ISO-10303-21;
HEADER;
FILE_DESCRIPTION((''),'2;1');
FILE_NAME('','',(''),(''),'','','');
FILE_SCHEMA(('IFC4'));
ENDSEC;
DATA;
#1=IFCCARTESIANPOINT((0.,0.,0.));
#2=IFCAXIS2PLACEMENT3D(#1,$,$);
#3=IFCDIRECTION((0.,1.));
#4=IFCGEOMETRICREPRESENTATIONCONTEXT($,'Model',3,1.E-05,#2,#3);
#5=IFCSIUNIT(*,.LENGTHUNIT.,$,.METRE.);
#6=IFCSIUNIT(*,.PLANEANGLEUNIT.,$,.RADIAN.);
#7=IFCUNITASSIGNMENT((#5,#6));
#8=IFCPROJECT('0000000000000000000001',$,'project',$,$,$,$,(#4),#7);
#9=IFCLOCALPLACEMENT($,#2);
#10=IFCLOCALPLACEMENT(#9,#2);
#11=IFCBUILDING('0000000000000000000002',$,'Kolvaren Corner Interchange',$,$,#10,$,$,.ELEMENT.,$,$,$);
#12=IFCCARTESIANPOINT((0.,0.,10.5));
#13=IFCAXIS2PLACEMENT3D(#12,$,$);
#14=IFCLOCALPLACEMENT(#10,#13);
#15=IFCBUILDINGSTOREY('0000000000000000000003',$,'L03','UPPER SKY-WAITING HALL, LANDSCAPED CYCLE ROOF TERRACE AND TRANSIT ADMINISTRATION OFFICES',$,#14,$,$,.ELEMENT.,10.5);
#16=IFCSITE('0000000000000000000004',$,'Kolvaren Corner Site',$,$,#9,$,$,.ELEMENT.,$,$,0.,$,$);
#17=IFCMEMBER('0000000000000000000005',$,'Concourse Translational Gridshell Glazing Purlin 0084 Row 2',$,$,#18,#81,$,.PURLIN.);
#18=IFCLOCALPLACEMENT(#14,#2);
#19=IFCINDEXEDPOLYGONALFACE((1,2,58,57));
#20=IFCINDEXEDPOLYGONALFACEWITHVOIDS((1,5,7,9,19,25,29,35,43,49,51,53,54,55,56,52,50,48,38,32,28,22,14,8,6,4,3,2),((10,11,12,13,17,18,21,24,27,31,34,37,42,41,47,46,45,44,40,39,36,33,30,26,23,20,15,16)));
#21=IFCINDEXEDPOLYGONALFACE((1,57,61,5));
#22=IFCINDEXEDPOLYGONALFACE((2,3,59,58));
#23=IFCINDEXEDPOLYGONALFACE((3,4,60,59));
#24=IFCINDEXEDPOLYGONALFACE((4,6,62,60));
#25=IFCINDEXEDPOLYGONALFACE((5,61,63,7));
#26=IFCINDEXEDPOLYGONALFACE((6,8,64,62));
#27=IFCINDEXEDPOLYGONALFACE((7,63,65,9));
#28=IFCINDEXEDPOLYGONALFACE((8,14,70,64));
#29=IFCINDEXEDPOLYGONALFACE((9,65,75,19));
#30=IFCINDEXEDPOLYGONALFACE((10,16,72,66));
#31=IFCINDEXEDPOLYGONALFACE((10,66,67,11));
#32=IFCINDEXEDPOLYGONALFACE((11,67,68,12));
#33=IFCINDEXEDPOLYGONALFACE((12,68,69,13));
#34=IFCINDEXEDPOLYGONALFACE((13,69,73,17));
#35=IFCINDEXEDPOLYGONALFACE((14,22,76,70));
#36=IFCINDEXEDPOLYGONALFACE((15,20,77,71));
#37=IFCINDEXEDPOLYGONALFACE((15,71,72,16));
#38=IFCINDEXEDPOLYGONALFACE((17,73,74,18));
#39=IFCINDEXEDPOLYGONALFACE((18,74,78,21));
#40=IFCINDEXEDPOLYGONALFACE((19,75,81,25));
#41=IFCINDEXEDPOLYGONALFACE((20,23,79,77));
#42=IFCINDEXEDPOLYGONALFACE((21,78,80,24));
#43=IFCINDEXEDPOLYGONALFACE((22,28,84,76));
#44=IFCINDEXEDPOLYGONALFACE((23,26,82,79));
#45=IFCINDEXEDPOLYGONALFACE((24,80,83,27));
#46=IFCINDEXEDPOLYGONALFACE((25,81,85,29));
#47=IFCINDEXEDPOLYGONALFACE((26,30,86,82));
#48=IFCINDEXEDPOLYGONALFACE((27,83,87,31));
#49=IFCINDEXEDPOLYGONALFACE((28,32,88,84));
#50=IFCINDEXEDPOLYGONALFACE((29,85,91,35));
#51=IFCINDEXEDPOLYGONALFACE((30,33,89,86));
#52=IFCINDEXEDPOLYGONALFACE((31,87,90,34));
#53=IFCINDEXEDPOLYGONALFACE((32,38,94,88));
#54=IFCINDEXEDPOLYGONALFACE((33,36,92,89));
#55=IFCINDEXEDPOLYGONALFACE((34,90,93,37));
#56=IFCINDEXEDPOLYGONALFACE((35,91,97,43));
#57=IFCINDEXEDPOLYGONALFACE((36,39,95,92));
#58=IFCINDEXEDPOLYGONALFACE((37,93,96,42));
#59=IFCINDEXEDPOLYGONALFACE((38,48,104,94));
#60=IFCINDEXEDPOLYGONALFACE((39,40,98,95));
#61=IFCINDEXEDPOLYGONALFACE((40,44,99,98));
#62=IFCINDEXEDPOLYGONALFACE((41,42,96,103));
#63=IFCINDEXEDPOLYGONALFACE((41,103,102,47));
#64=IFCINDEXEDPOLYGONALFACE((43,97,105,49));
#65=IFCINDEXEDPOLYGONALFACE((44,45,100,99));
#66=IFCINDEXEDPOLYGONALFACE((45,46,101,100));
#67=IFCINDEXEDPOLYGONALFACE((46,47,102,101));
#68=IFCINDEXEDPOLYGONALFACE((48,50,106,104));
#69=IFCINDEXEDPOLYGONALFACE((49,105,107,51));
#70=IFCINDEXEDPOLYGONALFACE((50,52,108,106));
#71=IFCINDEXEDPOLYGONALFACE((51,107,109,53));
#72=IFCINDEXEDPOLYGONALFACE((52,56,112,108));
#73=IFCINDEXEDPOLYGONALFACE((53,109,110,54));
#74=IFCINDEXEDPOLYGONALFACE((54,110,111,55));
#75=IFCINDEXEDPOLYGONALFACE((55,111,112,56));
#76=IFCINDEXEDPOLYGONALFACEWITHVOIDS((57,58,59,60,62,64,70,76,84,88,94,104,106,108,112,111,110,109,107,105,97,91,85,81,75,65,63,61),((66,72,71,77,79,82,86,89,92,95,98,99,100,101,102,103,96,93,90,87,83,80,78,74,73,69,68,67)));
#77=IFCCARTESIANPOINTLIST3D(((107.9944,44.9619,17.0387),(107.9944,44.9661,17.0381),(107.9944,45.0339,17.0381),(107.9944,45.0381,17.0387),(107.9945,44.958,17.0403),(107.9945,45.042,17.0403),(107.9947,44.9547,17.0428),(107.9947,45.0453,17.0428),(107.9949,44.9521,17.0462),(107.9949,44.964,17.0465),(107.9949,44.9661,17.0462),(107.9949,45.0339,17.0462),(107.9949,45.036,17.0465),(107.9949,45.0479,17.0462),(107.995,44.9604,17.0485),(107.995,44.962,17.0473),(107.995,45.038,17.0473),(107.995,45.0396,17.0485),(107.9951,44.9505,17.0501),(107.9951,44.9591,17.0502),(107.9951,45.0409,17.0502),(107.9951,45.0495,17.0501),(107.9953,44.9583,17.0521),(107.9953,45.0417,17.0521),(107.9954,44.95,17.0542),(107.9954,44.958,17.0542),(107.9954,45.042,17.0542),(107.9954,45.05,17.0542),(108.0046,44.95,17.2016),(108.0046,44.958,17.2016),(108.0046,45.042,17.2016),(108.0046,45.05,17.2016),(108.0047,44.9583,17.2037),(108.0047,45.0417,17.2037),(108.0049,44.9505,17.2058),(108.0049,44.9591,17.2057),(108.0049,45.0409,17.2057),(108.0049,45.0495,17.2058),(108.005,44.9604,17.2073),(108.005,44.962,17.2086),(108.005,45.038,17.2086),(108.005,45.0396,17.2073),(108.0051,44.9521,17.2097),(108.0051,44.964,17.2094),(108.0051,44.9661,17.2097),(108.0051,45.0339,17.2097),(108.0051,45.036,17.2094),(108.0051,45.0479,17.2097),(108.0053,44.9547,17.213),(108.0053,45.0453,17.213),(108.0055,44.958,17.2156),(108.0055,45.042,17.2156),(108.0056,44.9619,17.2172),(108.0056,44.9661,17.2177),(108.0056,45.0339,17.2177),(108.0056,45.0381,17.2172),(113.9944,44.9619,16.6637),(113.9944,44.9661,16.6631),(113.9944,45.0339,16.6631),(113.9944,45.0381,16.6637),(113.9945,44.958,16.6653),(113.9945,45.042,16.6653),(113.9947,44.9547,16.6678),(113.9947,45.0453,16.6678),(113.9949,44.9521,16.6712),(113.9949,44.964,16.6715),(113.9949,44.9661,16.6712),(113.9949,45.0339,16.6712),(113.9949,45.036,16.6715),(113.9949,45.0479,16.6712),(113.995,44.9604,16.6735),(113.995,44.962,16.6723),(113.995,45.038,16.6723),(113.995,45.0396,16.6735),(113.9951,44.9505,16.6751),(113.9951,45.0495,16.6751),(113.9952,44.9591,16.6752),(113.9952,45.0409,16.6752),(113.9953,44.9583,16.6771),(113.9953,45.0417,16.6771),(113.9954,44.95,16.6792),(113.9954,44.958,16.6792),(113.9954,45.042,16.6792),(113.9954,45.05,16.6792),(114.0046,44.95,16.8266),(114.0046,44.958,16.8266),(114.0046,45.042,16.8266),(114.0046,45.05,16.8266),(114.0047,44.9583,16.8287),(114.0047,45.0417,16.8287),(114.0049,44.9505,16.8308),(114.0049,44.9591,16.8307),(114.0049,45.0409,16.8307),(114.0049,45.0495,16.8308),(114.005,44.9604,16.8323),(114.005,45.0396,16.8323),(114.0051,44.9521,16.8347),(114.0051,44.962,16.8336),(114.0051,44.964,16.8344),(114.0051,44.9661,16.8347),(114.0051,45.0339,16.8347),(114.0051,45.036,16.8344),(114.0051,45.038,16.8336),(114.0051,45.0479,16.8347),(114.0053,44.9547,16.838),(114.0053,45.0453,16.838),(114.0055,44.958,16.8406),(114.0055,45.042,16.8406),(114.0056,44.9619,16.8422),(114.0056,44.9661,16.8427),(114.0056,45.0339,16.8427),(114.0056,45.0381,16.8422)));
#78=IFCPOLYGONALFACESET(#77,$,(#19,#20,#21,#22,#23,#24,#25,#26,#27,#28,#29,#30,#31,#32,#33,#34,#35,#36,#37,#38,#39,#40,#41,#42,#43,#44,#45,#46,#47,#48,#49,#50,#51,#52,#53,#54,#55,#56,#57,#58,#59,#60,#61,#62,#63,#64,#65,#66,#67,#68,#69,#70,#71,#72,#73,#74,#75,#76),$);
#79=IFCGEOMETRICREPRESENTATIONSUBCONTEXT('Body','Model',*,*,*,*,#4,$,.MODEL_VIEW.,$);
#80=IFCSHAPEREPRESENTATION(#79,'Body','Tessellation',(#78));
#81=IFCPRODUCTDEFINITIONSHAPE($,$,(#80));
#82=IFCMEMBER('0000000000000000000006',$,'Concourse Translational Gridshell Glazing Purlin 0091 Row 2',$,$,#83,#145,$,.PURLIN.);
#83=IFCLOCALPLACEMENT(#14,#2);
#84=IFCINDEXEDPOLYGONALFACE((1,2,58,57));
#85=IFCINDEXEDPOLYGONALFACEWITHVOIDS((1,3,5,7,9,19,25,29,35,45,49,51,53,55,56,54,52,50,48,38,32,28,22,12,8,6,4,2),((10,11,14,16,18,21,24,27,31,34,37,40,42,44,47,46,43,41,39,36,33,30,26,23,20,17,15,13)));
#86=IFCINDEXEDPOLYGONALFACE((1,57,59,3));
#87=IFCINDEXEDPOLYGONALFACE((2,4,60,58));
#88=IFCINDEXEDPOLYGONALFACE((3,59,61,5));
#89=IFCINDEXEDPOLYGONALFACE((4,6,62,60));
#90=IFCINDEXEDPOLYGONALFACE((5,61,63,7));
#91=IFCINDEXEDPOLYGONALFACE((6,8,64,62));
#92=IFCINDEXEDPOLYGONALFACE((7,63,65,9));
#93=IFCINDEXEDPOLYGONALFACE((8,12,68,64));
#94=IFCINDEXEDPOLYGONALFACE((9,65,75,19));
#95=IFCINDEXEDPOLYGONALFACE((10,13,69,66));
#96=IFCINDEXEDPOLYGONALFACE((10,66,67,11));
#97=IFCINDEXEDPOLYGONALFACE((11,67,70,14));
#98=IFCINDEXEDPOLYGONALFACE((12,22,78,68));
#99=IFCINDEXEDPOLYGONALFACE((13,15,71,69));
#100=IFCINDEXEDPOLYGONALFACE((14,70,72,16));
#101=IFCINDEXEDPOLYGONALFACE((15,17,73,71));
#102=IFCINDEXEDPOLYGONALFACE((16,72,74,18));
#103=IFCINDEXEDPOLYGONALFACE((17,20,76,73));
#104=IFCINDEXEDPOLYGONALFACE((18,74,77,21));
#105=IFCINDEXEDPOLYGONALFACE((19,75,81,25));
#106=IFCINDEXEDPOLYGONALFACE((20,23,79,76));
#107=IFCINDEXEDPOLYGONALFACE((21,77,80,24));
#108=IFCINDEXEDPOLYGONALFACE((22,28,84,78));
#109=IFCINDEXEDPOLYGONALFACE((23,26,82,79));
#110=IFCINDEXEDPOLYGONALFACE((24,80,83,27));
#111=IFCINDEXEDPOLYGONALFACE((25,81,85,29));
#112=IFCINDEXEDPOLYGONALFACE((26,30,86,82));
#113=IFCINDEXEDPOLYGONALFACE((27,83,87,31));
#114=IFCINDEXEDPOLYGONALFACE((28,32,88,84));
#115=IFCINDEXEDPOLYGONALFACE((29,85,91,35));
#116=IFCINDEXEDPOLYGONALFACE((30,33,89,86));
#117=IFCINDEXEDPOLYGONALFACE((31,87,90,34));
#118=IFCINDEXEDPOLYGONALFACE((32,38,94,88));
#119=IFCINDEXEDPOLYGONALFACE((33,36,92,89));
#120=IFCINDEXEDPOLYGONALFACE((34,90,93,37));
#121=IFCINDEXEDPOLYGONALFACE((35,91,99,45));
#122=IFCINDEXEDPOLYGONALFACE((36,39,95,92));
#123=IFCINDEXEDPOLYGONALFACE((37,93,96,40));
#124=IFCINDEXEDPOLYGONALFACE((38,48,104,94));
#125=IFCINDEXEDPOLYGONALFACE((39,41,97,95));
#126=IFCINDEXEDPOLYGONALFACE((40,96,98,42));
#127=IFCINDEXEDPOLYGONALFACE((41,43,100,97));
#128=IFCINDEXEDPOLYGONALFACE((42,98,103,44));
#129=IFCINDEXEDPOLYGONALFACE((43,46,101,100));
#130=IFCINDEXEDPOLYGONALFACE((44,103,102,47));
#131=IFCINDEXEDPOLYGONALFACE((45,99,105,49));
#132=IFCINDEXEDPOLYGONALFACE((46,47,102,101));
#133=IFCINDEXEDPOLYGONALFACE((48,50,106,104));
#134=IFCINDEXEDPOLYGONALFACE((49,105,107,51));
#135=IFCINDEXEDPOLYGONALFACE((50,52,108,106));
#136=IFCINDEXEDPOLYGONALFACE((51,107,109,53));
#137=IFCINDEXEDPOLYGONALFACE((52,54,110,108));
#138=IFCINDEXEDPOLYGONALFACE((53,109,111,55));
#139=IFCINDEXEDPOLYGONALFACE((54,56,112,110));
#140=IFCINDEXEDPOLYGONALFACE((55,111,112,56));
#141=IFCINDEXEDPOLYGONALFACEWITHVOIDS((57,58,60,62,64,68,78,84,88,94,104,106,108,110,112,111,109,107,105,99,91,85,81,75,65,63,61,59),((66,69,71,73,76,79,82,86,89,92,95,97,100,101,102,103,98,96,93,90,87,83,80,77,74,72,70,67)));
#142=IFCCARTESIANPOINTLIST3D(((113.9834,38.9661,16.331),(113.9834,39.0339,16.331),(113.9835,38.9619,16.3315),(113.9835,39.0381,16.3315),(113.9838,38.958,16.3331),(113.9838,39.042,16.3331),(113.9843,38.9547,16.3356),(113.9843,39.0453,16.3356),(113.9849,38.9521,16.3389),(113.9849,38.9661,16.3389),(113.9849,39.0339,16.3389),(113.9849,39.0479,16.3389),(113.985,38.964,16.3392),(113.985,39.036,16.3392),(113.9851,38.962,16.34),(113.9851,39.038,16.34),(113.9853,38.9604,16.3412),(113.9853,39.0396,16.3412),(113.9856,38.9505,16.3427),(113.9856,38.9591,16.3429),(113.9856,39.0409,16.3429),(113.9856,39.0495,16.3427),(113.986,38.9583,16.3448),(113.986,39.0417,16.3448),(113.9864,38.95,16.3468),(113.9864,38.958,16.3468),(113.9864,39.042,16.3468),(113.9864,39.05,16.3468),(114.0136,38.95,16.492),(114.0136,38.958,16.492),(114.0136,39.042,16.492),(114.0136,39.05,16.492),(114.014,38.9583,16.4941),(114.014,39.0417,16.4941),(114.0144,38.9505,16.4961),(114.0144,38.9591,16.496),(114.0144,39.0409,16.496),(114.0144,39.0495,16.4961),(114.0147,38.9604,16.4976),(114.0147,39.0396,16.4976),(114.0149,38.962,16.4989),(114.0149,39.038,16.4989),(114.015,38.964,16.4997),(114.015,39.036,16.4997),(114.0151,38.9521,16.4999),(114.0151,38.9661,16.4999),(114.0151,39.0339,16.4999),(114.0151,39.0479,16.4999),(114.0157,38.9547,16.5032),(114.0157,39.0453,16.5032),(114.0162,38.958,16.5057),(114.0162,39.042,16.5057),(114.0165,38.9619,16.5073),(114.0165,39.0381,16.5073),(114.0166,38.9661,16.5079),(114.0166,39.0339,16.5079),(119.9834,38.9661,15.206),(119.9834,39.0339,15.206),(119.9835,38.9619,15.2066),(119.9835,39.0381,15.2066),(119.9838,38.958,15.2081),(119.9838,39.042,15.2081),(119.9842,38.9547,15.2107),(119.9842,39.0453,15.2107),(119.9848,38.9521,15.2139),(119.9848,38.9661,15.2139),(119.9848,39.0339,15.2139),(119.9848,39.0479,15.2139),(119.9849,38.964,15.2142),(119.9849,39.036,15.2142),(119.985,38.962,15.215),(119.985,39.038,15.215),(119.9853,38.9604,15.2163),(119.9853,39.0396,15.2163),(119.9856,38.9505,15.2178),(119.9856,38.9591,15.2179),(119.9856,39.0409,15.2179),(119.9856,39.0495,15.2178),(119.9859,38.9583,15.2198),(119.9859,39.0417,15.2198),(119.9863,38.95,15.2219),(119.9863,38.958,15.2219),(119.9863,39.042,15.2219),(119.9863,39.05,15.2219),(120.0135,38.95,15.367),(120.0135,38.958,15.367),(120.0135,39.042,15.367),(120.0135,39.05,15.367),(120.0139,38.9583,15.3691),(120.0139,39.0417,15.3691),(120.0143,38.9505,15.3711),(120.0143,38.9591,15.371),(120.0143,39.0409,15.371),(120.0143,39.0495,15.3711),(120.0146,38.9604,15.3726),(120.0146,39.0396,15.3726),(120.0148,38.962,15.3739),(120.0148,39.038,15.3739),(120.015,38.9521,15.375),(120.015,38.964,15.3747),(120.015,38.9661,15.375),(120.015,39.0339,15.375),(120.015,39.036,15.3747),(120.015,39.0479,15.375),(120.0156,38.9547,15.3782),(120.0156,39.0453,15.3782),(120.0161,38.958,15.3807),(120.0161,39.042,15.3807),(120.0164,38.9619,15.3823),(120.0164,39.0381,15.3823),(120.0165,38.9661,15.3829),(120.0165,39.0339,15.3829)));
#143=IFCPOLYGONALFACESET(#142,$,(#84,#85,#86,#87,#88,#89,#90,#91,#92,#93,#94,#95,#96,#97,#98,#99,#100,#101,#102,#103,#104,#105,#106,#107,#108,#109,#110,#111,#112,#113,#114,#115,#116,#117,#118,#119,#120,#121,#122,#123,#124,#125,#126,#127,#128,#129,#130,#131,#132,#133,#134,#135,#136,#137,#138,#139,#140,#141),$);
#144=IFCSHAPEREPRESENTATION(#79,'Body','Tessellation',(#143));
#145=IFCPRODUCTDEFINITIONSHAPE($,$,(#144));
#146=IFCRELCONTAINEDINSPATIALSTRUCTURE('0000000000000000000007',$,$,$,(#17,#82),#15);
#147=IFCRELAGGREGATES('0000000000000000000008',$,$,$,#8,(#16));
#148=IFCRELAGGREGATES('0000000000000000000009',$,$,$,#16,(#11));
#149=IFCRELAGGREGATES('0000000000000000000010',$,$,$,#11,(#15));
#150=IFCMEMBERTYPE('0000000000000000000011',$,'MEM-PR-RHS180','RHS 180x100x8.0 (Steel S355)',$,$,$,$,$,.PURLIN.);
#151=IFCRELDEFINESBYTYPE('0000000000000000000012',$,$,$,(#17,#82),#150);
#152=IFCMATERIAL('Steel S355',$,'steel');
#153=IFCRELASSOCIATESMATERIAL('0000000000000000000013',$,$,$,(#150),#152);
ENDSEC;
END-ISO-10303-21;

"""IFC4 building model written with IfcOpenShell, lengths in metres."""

from ifc_helpers import new_model, si_unit, direction, frame, origin, origin_2d, place, context, subcontext, project, spatial, hollow_rectangle, extrude, material, material_profile, profile_set, type_object, element, save


model = new_model("IFC4")

# Units and contexts
model_context = context("Model", 3, precision=1e-05, world=origin(), true_north=direction((0.0, 1.0)))
body_context = subcontext(model_context, "Body", "Model", "MODEL_VIEW")
ifc_project = project(units=[si_unit("LENGTHUNIT", "METRE"), si_unit("PLANEANGLEUNIT", "RADIAN")], contexts=[model_context])

# Site, building, storey
site_placement = place(None, origin())
site = spatial("IfcSite", under=ifc_project, at=site_placement, Name="Kolvaren Corner Site", CompositionType="ELEMENT", RefElevation=0.0)
building_placement = place(site_placement, origin())
building = spatial("IfcBuilding", under=site, at=building_placement, Name="Kolvaren Corner Interchange", CompositionType="ELEMENT")
storey_placement = place(building_placement, frame((0.0, 0.0, 10.5)))
storey = spatial("IfcBuildingStorey", under=building, at=storey_placement, Name="L03", Description="UPPER SKY-WAITING HALL, LANDSCAPED CYCLE ROOF TERRACE AND TRANSIT ADMINISTRATION OFFICES", CompositionType="ELEMENT", Elevation=10.5)

# Members
ifc_material_1 = material(Name="Steel S355", Category="steel")
ifc_material_profile_1 = material_profile(ifc_material_1, hollow_rectangle(XDim=0.1001, YDim=0.1799, WallThickness=0.0081, InnerFilletRadius=0.0081, OuterFilletRadius=0.0161, at=origin_2d()), Name="RHS 180x100x8.0")
ifc_profile_set_1 = profile_set([ifc_material_profile_1], Name="Steel S355")
member_type_1 = type_object("IfcMemberType", Name="MEM-PR-RHS180", Description="RHS 180x100x8.0 (Steel S355)", PredefinedType="PURLIN", material=ifc_profile_set_1)
member_1_placement = place(storey_placement, frame((108.0, 45.0, 17.1279), z_axis=(0.998053, 0.0, -0.062378), x_axis=(0.0, 1.0, 0.0)))
element("IfcMember", 1, at=member_1_placement, inside=storey, type_object=member_type_1, Name="Concourse Translational Gridshell Glazing Purlin 0084 Row 2", PredefinedType="PURLIN", context=body_context, shape_type="SweptSolid", body=[
    extrude(hollow_rectangle(XDim=0.1001, YDim=0.1799, WallThickness=0.0081, InnerFilletRadius=0.0081, OuterFilletRadius=0.0161, at=origin_2d()), origin(), (0.0, 0.0, 1.0), 6.0117),
])
for number, where, z_axis, x_axis, name in (
    (2, (114.0, 39.0, 16.4194), (0.982872, 0.0, -0.184289), (0.0, 1.0, 0.0), "Concourse Translational Gridshell Glazing Purlin 0091 Row 2"),
):
    element("IfcMember", number, at=place(storey_placement, frame(where, z_axis=z_axis, x_axis=x_axis)), inside=storey, type_object=member_type_1, Name=name, PredefinedType="PURLIN", context=body_context, shape_type="SweptSolid", body=[
        extrude(hollow_rectangle(XDim=0.1001, YDim=0.1799, WallThickness=0.0081, InnerFilletRadius=0.0081, OuterFilletRadius=0.0161, at=origin_2d()), origin(), (0.0, 0.0, 1.0), 6.1045),
    ])

save(model, "model.ifc")
